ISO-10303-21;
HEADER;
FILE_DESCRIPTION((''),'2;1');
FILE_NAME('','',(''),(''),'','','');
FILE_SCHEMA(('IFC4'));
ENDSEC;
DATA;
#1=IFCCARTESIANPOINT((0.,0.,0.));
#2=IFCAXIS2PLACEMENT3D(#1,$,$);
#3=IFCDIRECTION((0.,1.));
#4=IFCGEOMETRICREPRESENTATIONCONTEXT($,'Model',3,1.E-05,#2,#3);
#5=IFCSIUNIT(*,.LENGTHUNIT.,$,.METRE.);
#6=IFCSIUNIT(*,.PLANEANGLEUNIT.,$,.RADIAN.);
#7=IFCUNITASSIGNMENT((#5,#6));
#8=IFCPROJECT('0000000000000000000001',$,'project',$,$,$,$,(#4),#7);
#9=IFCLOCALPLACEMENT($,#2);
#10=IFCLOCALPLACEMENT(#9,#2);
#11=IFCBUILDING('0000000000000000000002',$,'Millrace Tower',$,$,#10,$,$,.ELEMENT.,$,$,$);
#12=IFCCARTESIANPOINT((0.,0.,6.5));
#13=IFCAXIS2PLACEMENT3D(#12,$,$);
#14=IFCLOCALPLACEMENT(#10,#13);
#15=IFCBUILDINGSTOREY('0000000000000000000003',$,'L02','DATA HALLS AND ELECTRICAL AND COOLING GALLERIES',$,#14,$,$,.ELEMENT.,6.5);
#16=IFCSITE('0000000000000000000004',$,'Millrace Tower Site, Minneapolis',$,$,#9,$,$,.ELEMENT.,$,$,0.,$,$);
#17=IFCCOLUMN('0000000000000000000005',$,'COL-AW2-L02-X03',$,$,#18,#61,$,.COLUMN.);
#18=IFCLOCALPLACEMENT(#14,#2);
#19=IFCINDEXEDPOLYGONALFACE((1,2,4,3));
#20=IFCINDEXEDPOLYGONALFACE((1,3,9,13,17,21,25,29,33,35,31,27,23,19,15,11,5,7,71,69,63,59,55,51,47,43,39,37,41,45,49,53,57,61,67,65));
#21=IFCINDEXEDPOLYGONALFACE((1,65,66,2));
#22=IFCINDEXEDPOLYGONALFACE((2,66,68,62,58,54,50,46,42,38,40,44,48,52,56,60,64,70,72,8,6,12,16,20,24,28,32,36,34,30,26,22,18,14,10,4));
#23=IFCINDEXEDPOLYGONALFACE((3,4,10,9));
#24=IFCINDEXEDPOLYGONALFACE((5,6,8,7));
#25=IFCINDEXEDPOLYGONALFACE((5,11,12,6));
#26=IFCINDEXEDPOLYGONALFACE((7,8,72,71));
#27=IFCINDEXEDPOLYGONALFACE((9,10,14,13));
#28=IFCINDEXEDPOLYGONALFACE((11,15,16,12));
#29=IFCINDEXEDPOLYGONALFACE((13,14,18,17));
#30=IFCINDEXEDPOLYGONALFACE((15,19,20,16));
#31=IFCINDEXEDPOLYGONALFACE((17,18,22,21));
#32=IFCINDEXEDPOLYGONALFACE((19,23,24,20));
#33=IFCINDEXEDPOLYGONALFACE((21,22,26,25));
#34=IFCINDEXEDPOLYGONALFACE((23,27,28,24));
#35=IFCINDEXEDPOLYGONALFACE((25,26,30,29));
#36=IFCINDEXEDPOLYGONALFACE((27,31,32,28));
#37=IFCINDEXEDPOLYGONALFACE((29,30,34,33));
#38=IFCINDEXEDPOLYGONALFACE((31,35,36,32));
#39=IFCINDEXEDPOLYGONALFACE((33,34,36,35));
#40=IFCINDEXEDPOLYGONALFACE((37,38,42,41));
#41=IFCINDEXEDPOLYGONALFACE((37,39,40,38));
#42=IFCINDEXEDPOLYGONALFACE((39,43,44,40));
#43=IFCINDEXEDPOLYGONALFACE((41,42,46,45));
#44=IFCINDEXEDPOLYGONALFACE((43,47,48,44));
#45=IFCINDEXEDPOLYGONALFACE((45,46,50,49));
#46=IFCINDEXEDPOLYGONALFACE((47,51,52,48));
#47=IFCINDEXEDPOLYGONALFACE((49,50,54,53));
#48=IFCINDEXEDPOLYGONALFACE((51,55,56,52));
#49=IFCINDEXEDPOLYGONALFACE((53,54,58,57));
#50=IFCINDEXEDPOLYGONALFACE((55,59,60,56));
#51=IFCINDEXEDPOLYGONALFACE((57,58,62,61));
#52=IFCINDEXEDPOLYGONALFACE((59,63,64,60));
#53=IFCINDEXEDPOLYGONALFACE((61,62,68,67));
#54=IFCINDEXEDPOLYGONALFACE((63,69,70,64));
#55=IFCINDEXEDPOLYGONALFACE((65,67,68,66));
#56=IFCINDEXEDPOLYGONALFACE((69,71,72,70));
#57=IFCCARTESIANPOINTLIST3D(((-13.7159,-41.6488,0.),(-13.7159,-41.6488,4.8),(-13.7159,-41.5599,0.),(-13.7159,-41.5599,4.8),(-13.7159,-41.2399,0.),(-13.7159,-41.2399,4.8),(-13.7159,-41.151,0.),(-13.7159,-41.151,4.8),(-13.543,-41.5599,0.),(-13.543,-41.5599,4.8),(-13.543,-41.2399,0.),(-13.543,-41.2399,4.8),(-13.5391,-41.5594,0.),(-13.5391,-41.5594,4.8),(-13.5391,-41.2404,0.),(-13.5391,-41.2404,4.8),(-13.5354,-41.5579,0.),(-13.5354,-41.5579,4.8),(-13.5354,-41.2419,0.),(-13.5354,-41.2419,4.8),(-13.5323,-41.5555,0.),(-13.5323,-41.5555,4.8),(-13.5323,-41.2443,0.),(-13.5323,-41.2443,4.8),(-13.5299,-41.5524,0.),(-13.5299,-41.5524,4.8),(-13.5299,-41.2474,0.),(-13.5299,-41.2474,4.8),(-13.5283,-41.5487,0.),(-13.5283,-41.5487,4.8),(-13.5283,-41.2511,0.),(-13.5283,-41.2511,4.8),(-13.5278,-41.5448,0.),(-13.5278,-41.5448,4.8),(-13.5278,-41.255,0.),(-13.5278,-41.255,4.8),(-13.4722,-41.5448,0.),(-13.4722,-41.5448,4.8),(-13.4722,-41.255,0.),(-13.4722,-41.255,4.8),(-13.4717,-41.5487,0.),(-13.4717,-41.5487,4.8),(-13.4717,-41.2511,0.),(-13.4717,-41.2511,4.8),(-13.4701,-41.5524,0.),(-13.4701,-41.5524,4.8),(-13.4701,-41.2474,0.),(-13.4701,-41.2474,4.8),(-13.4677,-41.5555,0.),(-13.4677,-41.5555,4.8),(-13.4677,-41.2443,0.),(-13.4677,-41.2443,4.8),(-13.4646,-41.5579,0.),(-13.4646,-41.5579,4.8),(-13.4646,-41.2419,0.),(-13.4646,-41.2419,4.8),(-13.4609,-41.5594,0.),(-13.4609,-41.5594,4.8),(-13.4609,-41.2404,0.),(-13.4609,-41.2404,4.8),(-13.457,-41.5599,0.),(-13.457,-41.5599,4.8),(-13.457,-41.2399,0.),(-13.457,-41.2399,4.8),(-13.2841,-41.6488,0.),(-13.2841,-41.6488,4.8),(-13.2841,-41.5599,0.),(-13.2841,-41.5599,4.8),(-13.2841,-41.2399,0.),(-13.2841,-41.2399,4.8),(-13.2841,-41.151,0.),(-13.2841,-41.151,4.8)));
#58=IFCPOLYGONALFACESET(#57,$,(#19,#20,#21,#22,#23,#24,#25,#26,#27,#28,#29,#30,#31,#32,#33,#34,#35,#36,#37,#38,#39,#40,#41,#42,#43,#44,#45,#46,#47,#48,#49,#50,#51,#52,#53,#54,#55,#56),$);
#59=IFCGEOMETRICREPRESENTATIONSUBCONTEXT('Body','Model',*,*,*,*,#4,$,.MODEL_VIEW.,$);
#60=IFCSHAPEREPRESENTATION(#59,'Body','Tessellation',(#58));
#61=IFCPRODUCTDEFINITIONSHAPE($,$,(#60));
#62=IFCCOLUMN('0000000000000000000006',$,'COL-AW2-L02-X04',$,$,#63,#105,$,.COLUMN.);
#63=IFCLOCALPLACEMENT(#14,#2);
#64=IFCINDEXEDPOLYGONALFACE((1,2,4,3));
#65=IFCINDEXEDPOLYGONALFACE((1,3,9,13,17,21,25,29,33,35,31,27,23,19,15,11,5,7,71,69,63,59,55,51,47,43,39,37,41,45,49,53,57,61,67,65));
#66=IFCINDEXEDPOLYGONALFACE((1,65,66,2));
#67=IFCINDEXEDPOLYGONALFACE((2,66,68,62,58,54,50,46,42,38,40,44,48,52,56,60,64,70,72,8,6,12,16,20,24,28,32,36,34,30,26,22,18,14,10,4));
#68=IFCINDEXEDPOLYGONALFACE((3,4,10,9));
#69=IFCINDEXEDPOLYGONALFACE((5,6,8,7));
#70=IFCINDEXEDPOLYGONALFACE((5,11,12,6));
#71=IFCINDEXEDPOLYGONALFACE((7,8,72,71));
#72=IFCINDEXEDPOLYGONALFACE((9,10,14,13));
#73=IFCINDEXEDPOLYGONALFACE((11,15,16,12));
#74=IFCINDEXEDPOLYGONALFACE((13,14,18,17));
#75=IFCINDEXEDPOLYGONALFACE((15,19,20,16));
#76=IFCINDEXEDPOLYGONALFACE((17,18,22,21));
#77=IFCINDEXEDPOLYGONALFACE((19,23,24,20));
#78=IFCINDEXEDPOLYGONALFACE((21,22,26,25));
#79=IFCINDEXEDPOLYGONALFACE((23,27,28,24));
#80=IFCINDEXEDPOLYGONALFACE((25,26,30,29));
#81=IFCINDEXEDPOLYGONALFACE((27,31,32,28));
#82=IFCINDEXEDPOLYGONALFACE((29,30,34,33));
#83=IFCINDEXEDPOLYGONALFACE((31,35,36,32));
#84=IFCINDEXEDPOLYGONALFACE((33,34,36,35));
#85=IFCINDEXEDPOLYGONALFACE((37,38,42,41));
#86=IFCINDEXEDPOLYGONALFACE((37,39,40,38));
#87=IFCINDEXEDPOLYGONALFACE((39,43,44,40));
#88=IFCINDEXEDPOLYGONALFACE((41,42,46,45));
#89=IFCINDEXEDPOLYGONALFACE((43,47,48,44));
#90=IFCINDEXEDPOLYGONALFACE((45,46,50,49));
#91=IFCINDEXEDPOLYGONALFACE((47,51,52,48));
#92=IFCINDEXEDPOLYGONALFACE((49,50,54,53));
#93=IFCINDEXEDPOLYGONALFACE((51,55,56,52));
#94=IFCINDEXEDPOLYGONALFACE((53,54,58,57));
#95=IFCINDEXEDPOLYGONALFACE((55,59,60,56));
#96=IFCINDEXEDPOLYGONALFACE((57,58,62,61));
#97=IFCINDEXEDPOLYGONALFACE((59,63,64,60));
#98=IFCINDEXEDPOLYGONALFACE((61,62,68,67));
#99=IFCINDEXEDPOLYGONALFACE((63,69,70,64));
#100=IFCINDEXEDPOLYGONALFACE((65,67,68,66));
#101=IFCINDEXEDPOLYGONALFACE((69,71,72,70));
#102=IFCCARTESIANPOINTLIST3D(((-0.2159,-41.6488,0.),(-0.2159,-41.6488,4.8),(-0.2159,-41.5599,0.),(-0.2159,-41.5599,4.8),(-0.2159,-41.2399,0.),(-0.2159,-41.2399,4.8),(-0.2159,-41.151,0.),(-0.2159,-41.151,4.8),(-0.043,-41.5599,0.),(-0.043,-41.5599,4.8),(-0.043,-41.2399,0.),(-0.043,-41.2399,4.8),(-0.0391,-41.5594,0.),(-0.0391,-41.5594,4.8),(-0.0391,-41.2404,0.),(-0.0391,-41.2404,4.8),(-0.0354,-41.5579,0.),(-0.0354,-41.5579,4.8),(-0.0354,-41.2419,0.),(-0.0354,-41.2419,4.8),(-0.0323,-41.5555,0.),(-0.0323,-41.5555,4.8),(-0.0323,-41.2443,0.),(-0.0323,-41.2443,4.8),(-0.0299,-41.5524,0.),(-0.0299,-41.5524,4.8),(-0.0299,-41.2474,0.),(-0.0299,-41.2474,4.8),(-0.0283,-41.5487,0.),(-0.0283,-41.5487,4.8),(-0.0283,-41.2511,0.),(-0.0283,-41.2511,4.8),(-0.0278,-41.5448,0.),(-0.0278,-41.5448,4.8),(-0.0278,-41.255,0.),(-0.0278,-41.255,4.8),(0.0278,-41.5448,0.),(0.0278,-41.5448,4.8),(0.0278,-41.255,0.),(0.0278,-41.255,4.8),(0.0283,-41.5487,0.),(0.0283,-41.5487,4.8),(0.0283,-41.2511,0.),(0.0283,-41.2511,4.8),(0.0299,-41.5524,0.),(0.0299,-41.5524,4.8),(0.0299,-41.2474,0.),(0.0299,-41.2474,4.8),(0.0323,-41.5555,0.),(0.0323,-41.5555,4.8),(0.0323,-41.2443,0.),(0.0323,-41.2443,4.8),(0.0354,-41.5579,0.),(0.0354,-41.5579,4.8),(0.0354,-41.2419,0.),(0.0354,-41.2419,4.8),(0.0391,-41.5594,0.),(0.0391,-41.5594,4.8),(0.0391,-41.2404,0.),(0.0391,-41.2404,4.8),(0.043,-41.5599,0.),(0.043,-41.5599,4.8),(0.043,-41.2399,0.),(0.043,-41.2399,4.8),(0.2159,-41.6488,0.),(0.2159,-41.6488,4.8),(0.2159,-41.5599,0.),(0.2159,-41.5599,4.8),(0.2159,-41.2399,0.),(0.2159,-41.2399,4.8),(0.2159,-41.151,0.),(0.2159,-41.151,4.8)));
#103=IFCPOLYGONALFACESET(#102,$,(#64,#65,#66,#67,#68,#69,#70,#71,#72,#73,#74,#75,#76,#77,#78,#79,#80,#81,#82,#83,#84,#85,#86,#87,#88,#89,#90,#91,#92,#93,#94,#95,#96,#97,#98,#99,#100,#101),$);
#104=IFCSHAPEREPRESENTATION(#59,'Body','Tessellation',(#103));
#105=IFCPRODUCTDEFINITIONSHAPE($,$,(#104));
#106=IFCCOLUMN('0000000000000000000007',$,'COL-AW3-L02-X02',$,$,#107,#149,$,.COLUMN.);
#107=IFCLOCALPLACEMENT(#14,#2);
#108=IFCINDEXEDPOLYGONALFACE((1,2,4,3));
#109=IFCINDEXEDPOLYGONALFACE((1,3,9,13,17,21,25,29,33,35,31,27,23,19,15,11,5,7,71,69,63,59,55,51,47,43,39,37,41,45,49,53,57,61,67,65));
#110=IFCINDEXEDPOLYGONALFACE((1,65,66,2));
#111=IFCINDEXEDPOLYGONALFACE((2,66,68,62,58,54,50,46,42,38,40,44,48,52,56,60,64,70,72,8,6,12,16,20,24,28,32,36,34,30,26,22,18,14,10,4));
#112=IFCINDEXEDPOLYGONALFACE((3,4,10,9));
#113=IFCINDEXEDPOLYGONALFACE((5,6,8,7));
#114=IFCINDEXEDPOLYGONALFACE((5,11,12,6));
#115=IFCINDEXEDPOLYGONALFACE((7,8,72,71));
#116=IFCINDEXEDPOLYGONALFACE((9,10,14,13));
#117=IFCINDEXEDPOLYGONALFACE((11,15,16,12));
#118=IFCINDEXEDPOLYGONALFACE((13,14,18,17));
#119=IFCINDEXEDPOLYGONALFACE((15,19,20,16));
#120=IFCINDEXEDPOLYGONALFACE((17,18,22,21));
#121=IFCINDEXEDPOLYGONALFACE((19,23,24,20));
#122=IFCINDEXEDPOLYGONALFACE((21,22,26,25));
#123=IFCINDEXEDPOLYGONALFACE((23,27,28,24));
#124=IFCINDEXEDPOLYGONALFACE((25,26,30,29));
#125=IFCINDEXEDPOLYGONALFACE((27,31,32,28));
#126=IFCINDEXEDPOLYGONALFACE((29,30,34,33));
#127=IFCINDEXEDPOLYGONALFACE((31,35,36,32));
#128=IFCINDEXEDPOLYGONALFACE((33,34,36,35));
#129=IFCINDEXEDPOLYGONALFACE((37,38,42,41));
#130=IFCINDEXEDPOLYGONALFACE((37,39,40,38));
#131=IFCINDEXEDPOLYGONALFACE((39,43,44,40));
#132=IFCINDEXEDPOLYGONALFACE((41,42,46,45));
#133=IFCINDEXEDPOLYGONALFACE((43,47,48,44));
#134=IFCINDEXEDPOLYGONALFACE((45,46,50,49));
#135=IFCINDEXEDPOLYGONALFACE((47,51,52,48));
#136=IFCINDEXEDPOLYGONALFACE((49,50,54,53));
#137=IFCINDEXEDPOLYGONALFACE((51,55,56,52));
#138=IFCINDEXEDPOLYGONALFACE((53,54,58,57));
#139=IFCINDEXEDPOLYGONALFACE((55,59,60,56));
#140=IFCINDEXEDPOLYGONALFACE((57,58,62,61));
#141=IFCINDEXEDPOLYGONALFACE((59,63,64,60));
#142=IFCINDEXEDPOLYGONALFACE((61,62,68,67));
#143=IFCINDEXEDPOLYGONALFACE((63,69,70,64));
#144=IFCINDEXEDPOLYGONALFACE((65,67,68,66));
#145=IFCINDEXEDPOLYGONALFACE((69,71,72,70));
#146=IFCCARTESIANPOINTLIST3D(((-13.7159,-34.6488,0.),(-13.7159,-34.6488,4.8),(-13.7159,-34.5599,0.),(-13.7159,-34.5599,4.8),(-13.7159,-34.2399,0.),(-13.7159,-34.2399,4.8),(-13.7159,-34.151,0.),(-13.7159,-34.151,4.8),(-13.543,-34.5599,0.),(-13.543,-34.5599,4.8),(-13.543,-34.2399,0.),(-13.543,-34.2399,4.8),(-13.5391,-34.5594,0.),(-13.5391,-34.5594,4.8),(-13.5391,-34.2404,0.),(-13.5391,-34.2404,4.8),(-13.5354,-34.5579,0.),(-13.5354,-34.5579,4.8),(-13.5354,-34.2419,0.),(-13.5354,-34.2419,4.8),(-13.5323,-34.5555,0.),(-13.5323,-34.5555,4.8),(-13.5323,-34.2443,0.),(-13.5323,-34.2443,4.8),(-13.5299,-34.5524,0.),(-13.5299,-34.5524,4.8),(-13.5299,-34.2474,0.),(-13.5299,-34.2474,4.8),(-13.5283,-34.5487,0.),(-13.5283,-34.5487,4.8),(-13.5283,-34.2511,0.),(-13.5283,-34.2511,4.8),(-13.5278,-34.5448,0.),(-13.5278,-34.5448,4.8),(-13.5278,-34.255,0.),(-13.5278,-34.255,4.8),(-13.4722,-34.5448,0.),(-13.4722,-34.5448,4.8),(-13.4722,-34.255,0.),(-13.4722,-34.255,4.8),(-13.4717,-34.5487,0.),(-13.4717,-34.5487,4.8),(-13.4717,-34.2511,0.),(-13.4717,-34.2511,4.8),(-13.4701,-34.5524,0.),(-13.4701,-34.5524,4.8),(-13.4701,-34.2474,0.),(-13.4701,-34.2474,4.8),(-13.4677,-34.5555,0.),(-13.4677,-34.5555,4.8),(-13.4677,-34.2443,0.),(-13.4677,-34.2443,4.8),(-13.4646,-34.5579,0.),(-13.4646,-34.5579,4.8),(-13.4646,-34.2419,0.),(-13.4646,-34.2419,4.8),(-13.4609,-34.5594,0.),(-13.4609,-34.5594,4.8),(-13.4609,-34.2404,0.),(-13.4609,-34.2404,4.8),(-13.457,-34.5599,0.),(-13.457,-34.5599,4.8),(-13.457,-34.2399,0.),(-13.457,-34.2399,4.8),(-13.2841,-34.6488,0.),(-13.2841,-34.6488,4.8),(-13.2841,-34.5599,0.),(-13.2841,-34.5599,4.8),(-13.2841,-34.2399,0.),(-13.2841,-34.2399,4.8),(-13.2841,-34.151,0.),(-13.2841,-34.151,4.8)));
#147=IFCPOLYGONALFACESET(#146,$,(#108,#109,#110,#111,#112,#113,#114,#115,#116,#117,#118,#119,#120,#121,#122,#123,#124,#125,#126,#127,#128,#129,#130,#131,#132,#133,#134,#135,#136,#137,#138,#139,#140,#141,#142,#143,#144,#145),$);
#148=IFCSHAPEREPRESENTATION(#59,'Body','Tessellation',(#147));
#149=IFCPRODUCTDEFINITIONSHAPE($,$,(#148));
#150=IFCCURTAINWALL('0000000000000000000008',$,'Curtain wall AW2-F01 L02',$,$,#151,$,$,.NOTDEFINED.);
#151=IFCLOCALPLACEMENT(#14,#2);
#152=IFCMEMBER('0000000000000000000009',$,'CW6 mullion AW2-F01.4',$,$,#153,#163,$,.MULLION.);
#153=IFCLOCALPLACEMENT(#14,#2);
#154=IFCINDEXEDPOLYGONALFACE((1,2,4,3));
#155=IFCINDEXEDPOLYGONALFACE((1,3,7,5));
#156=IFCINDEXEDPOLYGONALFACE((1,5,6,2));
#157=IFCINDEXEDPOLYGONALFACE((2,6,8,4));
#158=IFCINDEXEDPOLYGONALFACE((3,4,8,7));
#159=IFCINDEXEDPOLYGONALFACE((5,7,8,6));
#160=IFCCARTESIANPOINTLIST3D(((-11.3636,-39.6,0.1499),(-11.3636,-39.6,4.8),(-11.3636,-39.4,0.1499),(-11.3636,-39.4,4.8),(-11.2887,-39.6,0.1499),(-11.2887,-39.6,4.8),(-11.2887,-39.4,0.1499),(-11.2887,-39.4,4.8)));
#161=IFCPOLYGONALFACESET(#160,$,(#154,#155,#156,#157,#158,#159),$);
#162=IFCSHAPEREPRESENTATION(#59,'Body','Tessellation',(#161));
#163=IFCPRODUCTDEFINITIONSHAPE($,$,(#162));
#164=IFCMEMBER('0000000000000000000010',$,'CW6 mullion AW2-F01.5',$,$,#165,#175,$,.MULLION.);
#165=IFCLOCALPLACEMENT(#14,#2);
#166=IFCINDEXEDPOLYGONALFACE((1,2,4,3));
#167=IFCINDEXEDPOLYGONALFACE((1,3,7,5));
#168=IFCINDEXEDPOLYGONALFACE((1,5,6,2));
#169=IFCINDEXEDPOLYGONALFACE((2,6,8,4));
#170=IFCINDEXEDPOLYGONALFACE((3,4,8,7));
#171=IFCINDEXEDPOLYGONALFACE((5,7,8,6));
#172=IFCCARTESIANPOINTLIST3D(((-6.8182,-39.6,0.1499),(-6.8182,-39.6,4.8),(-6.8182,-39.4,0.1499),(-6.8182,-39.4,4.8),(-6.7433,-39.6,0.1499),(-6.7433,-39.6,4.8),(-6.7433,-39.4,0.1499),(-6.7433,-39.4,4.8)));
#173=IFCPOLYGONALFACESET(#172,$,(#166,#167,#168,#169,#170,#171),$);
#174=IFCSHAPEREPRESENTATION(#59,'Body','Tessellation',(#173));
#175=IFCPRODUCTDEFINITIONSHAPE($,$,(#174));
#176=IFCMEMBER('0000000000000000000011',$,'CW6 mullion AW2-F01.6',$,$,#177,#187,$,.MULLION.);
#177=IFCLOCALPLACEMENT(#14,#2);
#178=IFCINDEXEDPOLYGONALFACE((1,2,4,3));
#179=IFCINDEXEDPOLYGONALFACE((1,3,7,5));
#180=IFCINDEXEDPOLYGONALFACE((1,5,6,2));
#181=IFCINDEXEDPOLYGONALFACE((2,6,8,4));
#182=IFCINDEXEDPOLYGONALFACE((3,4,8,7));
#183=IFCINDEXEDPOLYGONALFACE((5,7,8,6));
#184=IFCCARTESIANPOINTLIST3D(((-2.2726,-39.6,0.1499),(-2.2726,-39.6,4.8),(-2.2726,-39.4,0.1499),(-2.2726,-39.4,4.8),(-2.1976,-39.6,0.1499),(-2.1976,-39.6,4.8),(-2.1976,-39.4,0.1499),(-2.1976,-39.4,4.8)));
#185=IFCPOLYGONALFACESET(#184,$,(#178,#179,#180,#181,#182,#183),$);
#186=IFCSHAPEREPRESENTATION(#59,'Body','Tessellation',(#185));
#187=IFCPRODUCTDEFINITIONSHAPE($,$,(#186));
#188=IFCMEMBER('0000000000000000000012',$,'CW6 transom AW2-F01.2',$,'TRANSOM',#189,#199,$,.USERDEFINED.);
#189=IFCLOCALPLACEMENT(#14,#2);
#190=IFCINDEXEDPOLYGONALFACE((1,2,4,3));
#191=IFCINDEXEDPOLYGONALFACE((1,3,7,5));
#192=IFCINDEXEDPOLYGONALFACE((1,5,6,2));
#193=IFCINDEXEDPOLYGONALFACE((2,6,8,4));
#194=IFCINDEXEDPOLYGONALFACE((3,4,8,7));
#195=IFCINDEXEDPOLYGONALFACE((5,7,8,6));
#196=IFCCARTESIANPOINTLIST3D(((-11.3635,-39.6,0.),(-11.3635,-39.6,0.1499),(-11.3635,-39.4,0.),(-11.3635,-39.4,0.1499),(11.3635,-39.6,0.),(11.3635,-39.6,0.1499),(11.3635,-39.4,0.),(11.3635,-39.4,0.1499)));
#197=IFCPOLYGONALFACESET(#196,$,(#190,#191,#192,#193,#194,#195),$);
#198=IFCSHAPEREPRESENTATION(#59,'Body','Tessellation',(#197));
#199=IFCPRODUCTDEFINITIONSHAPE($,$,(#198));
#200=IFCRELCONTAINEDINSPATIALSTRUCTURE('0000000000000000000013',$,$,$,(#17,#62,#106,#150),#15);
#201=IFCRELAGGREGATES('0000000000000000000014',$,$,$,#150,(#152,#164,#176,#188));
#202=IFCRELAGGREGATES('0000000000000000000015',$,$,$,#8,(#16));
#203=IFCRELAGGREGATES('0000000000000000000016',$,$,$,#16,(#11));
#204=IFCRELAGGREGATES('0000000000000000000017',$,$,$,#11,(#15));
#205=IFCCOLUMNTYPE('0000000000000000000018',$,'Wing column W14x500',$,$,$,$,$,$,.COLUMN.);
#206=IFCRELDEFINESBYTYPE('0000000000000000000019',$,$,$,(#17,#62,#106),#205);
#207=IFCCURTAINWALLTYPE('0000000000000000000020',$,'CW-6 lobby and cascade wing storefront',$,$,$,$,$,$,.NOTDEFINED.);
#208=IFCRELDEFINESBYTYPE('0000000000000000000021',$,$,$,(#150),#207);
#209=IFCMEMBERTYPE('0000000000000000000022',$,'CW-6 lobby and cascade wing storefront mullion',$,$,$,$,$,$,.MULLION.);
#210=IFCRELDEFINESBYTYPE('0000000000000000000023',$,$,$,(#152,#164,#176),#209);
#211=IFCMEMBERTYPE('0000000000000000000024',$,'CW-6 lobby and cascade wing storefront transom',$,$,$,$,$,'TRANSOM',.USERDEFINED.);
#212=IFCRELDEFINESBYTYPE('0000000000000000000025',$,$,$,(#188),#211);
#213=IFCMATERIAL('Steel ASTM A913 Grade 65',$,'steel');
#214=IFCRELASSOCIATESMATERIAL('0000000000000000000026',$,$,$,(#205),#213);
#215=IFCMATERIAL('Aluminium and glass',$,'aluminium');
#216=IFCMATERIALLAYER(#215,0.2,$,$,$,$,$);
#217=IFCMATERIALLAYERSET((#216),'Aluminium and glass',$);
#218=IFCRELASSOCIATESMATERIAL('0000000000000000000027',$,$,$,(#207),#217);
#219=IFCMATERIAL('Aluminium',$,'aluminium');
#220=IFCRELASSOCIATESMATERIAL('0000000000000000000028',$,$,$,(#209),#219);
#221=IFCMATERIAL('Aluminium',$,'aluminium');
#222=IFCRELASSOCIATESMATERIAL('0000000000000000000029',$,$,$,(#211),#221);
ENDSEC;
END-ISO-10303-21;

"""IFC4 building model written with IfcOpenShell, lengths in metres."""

from ifc_helpers import new_model, si_unit, direction, frame, origin, origin_2d, place, context, subcontext, project, spatial, rectangle, i_section, extrude, material, layer, layer_set, material_profile, profile_set, type_object, element, aggregate, save


model = new_model("IFC4")

# Units and contexts
model_context = context("Model", 3, precision=1e-05, world=origin(), true_north=direction((0.0, 1.0)))
body_context = subcontext(model_context, "Body", "Model", "MODEL_VIEW")
ifc_project = project(units=[si_unit("LENGTHUNIT", "METRE"), si_unit("PLANEANGLEUNIT", "RADIAN")], contexts=[model_context])

# Site, building, storey
site_placement = place(None, origin())
site = spatial("IfcSite", under=ifc_project, at=site_placement, Name="Millrace Tower Site, Minneapolis", CompositionType="ELEMENT", RefElevation=0.0)
building_placement = place(site_placement, origin())
building = spatial("IfcBuilding", under=site, at=building_placement, Name="Millrace Tower", CompositionType="ELEMENT")
storey_placement = place(building_placement, frame((0.0, 0.0, 6.5)))
storey = spatial("IfcBuildingStorey", under=building, at=storey_placement, Name="L02", Description="DATA HALLS AND ELECTRICAL AND COOLING GALLERIES", CompositionType="ELEMENT", Elevation=6.5)

# Columns
ifc_material_1 = material(Name="Steel ASTM A913 Grade 65", Category="steel")
ifc_material_profile_1 = material_profile(ifc_material_1, i_section(OverallWidth=0.4319, OverallDepth=0.4978, WebThickness=0.0557, FlangeThickness=0.0889, FilletRadius=0.0151, at=origin_2d()))
ifc_profile_set_1 = profile_set([ifc_material_profile_1], Name="Steel ASTM A913 Grade 65")
column_type = type_object("IfcColumnType", Name="Wing column W14x500", PredefinedType="COLUMN", material=ifc_profile_set_1)
for number, where, z_axis, x_axis, name in (
    (1, (-13.5, -41.3999, 0.0), (0.0, 0.0, 1.0), (1.0, 0.0, 0.0), "COL-AW2-L02-X03"),
    (2, (0.0, -41.3999, 0.0), (0.0, 0.0, 1.0), (1.0, 0.0, 0.0), "COL-AW2-L02-X04"),
    (3, (-13.5, -34.3999, 0.0), (0.0, 0.0, 1.0), (1.0, 0.0, 0.0), "COL-AW3-L02-X02"),
):
    element("IfcColumn", number, at=place(storey_placement, frame(where, z_axis=z_axis, x_axis=x_axis)), inside=storey, type_object=column_type, Name=name, PredefinedType="COLUMN", context=body_context, shape_type="SweptSolid", body=[
        extrude(i_section(OverallWidth=0.4319, OverallDepth=0.4978, WebThickness=0.0557, FlangeThickness=0.0889, FilletRadius=0.0151, at=origin_2d()), origin(), (0.0, 0.0, 1.0), 4.8),
    ])

# Curtain wall, members
ifc_material_2 = material(Name="Aluminium and glass", Category="aluminium")
ifc_layer_1 = layer(ifc_material_2, 0.2)
ifc_layer_set_1 = layer_set([ifc_layer_1], Name="Aluminium and glass")
curtain_wall_type = type_object("IfcCurtainWallType", Name="CW-6 lobby and cascade wing storefront", PredefinedType="NOTDEFINED", material=ifc_layer_set_1)
curtain_wall_placement = place(storey_placement, origin())
curtain_wall = element("IfcCurtainWall", 4, at=curtain_wall_placement, inside=storey, type_object=curtain_wall_type, Name="Curtain wall AW2-F01 L02", PredefinedType="NOTDEFINED")
ifc_material_3 = material(Name="Aluminium", Category="aluminium")
ifc_material_profile_2 = material_profile(ifc_material_3, rectangle(XDim=0.075, YDim=0.2, at=origin_2d()))
ifc_profile_set_2 = profile_set([ifc_material_profile_2], Name="Aluminium")
member_type_1 = type_object("IfcMemberType", Name="CW-6 lobby and cascade wing storefront mullion", PredefinedType="MULLION", material=ifc_profile_set_2)
member_1_placement = place(storey_placement, frame((-11.3262, -39.5, 0.1499), z_axis=(0.0, 0.0, 1.0), x_axis=(1.0, 0.0, 0.0)))
member_1 = element("IfcMember", 5, at=member_1_placement, type_object=member_type_1, Name="CW6 mullion AW2-F01.4", PredefinedType="MULLION", context=body_context, shape_type="SweptSolid", body=[
    extrude(rectangle(XDim=0.075, YDim=0.2, at=origin_2d()), origin(), (0.0, 0.0, 1.0), 4.6501),
])
member_2_placement = place(storey_placement, frame((-6.7808, -39.5, 0.1499), z_axis=(0.0, 0.0, 1.0), x_axis=(1.0, 0.0, 0.0)))
member_2 = element("IfcMember", 6, at=member_2_placement, type_object=member_type_1, Name="CW6 mullion AW2-F01.5", PredefinedType="MULLION", context=body_context, shape_type="SweptSolid", body=[
    extrude(rectangle(XDim=0.075, YDim=0.2, at=origin_2d()), origin(), (0.0, 0.0, 1.0), 4.6501),
])
member_3_placement = place(storey_placement, frame((-2.2351, -39.5, 0.1499), z_axis=(0.0, 0.0, 1.0), x_axis=(1.0, 0.0, 0.0)))
member_3 = element("IfcMember", 7, at=member_3_placement, type_object=member_type_1, Name="CW6 mullion AW2-F01.6", PredefinedType="MULLION", context=body_context, shape_type="SweptSolid", body=[
    extrude(rectangle(XDim=0.075, YDim=0.2, at=origin_2d()), origin(), (0.0, 0.0, 1.0), 4.6501),
])
ifc_material_4 = material(Name="Aluminium", Category="aluminium")
ifc_material_profile_3 = material_profile(ifc_material_4, rectangle(XDim=0.2, YDim=0.1499, at=origin_2d()))
ifc_profile_set_3 = profile_set([ifc_material_profile_3], Name="Aluminium")
member_type_2 = type_object("IfcMemberType", Name="CW-6 lobby and cascade wing storefront transom", ElementType="TRANSOM", PredefinedType="USERDEFINED", material=ifc_profile_set_3)
member_4_placement = place(storey_placement, frame((-11.3635, -39.5, 0.075), z_axis=(1.0, 0.0, 0.0), x_axis=(0.0, 1.0, 0.0)))
member_4 = element("IfcMember", 8, at=member_4_placement, type_object=member_type_2, Name="CW6 transom AW2-F01.2", ObjectType="TRANSOM", PredefinedType="USERDEFINED", context=body_context, shape_type="SweptSolid", body=[
    extrude(rectangle(XDim=0.2, YDim=0.1499, at=origin_2d()), origin(), (0.0, 0.0, 1.0), 22.7271),
])
aggregate(curtain_wall, [member_1, member_2, member_3, member_4])

save(model, "model.ifc")
